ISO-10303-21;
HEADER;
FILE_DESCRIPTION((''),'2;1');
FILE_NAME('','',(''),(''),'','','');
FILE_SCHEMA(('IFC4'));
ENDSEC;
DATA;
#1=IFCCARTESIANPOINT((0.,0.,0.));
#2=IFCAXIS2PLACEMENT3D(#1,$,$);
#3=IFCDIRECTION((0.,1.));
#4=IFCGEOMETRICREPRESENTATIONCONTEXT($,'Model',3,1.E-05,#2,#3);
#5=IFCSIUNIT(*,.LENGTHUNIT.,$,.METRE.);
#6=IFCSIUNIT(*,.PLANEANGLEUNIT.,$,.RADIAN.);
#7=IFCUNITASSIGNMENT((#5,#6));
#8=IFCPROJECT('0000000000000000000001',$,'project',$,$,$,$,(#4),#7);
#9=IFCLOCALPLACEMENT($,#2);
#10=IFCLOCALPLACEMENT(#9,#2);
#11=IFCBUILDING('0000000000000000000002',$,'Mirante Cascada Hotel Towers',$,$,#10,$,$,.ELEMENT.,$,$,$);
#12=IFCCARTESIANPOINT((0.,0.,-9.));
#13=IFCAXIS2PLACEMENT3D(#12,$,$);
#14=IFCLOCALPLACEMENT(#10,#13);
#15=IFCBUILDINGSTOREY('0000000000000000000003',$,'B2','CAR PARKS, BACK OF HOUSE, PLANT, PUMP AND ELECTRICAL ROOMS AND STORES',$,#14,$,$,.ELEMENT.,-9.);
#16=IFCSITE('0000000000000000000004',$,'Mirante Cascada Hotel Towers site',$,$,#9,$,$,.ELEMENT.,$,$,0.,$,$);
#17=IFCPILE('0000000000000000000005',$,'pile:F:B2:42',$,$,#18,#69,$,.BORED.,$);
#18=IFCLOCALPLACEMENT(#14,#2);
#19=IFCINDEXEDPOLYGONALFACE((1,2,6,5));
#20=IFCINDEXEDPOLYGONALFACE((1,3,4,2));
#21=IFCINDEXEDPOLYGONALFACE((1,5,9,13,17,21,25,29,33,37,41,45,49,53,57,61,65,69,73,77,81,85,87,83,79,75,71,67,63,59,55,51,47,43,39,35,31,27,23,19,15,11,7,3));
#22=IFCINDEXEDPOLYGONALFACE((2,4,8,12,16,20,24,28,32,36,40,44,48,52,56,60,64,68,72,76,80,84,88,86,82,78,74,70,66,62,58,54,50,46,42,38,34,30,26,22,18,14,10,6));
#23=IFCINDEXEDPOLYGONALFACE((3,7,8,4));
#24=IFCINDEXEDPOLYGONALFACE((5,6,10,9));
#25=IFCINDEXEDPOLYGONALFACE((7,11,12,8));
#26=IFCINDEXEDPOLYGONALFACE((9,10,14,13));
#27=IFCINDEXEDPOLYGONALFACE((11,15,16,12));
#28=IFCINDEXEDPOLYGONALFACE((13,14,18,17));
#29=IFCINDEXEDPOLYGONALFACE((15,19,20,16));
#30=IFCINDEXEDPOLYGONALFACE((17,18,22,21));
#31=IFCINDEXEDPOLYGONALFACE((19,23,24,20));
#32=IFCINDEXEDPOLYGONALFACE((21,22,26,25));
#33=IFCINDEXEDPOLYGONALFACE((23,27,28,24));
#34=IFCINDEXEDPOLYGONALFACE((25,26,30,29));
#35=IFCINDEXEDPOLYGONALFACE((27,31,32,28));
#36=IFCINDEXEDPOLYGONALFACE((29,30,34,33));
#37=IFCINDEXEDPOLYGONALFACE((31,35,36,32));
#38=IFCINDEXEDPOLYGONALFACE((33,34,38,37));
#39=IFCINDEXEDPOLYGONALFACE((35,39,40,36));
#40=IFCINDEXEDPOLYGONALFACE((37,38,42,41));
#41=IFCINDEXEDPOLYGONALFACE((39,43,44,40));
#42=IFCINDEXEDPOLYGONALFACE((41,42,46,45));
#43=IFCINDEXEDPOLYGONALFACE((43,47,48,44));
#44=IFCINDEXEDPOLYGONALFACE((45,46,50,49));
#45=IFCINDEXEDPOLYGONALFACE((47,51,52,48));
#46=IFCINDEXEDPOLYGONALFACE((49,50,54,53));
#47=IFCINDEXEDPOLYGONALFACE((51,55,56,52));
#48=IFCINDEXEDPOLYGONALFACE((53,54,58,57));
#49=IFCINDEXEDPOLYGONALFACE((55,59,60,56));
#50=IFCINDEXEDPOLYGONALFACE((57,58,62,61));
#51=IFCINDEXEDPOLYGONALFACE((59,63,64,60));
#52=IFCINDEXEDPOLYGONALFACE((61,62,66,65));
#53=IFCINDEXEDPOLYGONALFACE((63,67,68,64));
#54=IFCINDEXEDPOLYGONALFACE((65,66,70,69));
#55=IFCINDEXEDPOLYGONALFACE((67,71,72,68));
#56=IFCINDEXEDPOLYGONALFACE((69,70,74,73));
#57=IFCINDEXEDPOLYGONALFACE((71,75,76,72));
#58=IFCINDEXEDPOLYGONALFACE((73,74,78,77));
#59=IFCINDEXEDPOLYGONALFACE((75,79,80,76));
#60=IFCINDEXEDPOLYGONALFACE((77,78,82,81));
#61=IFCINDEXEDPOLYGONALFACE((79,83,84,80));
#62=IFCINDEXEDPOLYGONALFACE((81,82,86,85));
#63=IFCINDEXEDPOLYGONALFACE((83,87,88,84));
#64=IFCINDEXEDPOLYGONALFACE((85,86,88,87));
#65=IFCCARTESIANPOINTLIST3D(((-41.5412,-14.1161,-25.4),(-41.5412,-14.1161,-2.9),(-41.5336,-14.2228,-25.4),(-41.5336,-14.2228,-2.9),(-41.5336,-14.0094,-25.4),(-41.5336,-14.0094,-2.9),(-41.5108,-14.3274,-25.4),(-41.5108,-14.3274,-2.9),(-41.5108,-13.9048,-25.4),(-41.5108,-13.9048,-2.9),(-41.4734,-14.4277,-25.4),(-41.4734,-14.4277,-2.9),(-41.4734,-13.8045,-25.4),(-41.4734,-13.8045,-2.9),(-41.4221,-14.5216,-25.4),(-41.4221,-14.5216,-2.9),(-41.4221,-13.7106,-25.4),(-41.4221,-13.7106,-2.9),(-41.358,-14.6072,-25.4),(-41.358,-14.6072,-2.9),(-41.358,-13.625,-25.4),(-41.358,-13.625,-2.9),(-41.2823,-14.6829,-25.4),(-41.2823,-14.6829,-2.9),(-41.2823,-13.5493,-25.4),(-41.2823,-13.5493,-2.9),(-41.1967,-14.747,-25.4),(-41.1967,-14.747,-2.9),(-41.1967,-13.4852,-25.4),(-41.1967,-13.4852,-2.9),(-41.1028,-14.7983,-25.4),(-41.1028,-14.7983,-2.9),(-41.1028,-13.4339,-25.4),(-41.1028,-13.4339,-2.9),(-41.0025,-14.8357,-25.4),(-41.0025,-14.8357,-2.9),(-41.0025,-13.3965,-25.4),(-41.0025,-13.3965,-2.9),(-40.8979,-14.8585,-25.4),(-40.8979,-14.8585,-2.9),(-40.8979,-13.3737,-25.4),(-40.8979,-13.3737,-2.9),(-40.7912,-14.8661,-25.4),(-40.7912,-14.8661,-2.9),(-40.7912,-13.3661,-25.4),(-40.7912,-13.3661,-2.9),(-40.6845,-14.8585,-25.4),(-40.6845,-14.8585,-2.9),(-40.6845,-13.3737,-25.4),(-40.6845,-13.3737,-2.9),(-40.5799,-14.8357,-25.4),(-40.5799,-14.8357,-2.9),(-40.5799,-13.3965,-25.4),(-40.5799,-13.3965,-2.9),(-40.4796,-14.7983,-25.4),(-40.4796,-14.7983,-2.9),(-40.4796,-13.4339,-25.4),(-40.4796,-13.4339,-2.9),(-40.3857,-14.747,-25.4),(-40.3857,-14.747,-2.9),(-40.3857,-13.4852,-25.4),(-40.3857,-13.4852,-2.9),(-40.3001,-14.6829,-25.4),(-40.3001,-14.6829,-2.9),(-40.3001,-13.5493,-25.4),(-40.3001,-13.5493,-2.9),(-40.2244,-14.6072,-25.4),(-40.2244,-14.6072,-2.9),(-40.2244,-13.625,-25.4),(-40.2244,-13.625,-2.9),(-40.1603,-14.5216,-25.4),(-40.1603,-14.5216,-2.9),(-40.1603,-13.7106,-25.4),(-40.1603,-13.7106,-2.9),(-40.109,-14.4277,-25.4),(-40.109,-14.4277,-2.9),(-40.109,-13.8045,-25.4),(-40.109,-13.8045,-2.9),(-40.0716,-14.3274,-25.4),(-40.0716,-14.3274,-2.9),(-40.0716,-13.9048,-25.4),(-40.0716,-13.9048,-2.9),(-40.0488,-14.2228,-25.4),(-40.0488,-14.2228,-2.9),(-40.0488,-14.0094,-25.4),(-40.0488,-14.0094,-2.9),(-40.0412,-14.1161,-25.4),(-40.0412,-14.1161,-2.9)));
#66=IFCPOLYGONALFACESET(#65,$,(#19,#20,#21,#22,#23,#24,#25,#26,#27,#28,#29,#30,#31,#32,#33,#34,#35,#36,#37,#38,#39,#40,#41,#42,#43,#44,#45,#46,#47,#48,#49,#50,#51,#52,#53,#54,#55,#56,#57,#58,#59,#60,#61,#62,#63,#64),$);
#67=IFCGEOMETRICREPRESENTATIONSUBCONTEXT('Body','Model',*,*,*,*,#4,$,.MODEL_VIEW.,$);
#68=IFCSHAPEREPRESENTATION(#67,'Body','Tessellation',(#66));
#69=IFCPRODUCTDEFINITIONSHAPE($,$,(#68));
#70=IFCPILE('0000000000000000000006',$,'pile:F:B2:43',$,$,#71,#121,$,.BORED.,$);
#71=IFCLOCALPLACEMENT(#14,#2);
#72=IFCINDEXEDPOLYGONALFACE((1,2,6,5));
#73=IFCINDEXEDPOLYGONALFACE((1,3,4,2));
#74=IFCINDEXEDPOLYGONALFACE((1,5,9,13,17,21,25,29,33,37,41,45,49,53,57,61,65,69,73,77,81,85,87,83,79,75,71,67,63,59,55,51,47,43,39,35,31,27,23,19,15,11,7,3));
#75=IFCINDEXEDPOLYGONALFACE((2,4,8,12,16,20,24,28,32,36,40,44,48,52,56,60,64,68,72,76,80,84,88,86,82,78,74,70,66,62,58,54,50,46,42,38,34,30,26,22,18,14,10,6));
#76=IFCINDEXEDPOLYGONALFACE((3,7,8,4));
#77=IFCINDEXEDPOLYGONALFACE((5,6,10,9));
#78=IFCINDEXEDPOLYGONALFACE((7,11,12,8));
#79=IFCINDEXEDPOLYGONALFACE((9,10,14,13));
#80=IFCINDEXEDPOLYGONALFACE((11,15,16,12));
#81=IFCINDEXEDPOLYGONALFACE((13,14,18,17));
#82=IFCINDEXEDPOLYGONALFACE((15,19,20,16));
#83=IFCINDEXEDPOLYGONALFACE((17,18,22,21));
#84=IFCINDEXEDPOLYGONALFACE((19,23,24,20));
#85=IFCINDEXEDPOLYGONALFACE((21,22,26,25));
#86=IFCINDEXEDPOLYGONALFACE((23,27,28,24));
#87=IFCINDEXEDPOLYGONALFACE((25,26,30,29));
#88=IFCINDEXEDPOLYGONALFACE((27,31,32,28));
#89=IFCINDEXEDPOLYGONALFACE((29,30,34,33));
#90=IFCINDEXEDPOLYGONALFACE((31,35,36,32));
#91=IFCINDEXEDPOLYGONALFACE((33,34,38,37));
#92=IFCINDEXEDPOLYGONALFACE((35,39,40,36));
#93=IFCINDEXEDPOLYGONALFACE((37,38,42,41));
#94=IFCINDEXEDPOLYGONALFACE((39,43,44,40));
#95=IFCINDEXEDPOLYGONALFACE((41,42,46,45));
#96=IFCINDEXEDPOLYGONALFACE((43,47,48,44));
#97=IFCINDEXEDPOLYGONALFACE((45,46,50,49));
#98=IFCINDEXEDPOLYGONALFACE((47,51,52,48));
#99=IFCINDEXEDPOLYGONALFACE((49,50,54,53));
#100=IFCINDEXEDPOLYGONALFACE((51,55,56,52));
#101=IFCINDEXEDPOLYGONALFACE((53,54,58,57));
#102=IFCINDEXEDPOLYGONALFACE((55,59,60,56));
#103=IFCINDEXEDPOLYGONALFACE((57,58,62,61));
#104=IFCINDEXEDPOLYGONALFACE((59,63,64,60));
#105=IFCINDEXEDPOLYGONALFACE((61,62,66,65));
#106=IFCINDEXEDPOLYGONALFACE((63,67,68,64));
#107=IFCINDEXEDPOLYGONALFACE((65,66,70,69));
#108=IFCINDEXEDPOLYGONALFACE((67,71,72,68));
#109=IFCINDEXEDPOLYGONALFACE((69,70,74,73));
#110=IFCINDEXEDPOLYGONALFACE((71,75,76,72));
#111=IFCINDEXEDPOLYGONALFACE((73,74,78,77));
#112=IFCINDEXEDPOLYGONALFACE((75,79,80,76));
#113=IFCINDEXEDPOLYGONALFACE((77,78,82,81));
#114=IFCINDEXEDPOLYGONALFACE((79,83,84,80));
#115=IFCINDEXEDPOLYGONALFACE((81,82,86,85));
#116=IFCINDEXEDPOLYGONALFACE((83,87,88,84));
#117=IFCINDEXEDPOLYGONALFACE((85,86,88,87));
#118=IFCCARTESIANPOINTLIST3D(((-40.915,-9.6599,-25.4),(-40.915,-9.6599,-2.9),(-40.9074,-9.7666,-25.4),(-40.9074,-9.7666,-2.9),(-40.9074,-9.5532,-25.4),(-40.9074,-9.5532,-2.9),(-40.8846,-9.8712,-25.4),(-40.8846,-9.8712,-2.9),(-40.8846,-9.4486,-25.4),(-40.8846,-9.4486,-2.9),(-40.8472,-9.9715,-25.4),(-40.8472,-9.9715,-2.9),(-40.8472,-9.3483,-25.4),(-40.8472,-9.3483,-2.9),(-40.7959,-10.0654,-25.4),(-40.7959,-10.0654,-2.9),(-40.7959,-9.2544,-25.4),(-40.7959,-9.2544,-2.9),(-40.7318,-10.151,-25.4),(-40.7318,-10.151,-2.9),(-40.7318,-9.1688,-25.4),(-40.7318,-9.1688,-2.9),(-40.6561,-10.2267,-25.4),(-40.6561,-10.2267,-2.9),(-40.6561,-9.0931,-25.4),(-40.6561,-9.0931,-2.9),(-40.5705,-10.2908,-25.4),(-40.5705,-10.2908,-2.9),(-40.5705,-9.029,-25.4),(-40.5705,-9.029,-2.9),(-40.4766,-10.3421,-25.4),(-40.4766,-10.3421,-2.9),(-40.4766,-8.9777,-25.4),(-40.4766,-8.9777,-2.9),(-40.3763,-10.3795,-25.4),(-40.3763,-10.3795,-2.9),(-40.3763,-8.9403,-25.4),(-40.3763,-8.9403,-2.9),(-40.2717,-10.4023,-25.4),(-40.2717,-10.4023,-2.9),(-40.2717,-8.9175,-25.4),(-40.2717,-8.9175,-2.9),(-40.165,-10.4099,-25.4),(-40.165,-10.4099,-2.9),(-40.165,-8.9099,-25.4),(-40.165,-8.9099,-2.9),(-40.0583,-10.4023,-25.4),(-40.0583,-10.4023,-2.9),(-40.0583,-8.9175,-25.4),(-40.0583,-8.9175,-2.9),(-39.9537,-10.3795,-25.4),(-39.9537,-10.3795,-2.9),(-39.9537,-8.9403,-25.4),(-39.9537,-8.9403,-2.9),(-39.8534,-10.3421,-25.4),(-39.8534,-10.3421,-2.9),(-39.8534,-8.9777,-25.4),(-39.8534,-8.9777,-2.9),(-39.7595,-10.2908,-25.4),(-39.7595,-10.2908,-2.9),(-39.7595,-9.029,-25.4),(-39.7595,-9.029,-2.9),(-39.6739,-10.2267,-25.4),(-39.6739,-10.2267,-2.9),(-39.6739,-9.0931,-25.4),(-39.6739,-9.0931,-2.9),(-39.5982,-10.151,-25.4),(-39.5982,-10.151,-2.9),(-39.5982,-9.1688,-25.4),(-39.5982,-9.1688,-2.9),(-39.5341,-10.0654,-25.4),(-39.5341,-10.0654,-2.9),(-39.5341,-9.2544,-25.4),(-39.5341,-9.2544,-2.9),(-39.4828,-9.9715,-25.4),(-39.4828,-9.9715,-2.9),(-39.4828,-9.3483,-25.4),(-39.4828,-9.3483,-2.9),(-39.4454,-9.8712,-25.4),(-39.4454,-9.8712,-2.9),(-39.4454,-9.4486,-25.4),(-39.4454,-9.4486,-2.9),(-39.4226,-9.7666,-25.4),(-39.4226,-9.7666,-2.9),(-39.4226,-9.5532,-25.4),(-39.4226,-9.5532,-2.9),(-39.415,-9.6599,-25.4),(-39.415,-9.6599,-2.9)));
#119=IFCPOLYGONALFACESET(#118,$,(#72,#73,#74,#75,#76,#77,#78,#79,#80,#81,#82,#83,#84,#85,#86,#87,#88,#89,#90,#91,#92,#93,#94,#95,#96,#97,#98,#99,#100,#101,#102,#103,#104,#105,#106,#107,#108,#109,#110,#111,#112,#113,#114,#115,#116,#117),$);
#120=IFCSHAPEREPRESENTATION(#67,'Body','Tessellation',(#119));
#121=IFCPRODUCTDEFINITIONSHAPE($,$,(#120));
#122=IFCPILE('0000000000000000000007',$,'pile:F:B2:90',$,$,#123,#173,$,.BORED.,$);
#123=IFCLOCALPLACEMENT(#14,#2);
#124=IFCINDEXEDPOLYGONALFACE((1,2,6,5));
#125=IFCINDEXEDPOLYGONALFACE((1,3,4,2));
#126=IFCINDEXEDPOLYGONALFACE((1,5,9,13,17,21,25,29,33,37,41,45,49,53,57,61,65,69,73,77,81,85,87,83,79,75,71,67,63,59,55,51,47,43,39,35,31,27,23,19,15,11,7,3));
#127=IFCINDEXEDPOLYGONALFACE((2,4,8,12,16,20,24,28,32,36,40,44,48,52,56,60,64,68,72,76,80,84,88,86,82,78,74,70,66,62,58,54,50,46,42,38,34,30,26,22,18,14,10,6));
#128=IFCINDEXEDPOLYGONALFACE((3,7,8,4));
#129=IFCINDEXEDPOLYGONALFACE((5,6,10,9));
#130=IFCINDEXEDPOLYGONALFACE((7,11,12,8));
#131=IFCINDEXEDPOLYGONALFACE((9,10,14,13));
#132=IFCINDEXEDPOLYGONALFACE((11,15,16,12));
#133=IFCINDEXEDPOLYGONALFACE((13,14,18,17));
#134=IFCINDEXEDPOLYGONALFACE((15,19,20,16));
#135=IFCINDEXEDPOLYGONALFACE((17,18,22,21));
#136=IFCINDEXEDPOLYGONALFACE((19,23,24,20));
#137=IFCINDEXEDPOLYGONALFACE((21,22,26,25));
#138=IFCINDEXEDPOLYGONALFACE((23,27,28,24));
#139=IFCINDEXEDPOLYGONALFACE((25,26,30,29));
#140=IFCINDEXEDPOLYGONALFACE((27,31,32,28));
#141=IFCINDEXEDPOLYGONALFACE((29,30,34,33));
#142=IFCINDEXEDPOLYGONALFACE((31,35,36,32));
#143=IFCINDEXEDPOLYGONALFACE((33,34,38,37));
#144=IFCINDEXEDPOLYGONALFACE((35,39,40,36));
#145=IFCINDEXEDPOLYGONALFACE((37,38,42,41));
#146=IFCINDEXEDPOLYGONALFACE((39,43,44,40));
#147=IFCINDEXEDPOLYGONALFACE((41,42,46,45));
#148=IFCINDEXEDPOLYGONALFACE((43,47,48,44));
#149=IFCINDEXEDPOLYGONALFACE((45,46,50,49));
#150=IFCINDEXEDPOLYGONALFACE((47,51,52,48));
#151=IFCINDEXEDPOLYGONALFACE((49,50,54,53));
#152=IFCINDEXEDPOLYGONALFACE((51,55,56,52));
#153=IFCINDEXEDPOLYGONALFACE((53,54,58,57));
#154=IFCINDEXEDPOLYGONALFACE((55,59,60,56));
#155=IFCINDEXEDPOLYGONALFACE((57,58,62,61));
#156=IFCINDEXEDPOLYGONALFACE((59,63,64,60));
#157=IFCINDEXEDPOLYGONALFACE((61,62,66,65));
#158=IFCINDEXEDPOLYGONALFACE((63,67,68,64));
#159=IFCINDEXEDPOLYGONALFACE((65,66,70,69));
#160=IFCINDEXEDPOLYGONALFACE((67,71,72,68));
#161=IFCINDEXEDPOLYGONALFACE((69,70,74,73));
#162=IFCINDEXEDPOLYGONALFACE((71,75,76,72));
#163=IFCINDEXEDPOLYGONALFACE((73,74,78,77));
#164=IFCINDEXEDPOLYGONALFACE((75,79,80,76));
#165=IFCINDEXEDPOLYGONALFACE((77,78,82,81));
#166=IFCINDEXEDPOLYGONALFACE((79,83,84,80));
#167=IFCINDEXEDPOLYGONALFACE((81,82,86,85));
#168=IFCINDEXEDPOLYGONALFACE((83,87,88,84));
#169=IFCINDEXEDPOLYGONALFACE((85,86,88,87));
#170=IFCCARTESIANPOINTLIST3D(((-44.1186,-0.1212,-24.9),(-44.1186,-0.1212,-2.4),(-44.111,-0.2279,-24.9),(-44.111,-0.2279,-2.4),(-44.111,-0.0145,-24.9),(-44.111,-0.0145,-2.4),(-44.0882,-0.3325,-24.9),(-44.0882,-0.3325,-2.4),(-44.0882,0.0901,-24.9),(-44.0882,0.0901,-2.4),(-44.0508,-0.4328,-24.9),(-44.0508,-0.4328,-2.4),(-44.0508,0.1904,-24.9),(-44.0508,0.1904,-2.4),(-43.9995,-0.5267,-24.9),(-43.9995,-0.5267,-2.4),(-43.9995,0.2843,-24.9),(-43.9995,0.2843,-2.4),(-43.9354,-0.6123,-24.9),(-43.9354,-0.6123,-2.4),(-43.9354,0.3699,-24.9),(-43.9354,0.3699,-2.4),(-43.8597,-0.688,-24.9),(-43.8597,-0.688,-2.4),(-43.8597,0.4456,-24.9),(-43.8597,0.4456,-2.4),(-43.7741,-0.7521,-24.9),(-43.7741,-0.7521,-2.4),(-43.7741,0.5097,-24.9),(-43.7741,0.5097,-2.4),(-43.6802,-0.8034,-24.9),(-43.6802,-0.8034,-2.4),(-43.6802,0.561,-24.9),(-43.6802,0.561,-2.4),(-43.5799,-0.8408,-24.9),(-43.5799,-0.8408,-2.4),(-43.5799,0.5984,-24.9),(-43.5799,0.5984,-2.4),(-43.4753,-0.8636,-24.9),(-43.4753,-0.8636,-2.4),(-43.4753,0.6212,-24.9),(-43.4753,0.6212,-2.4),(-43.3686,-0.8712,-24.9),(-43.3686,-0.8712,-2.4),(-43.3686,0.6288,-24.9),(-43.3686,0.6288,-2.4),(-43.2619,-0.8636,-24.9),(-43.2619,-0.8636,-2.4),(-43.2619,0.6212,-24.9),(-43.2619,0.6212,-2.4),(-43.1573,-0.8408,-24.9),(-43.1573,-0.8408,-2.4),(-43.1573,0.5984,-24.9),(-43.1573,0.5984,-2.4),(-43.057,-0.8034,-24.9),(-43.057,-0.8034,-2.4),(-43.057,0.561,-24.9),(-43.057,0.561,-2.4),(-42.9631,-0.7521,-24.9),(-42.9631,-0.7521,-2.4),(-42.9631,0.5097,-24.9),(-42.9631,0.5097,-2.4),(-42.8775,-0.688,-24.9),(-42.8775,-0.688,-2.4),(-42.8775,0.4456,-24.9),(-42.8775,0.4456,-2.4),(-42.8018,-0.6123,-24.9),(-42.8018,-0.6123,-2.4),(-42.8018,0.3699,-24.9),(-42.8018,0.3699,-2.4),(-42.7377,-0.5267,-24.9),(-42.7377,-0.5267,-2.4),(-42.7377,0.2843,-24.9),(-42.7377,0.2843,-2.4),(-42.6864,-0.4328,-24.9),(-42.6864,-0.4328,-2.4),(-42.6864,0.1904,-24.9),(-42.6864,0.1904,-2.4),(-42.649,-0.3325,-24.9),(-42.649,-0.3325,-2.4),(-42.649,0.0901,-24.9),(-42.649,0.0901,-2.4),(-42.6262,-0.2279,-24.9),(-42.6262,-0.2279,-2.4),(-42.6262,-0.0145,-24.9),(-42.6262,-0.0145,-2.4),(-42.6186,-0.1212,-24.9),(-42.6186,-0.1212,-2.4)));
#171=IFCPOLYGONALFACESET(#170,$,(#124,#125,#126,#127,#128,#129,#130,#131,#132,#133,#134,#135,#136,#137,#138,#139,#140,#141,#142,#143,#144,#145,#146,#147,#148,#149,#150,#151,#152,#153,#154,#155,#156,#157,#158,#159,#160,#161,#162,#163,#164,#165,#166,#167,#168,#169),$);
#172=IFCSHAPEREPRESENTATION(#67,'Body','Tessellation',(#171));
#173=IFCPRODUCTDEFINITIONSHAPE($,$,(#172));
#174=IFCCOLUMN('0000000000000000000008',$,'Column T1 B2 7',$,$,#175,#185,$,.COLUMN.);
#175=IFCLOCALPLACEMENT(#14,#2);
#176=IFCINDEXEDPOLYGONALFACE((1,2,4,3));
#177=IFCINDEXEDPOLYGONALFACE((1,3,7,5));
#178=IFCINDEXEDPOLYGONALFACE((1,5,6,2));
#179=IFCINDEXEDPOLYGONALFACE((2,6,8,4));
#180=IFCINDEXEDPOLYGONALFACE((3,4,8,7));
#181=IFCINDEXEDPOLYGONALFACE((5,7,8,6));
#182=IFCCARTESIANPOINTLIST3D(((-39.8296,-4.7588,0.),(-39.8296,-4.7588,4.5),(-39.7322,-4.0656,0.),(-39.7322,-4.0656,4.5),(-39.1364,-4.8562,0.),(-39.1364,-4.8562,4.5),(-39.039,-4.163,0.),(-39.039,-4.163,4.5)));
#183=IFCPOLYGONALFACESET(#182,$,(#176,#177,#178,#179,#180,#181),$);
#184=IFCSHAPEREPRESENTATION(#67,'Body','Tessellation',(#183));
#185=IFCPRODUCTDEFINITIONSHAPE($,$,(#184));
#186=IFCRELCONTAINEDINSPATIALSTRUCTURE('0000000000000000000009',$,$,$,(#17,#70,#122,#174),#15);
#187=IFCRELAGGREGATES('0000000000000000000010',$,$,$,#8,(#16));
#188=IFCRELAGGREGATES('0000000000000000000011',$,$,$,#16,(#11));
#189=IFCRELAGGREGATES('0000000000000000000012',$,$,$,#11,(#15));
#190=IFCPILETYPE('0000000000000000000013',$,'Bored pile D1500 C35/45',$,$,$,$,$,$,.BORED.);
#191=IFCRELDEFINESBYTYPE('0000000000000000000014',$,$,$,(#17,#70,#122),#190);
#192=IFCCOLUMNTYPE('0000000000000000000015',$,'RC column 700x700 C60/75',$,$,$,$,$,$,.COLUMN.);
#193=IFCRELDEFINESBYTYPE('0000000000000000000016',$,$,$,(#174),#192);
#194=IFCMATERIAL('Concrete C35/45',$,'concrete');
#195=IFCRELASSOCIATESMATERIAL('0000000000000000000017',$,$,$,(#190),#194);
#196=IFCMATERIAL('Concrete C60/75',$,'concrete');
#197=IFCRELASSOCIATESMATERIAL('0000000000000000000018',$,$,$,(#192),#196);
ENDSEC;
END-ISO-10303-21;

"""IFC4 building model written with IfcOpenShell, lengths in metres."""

from ifc_helpers import new_model, si_unit, direction, frame, origin, origin_2d, place, context, subcontext, project, spatial, rectangle, circle, extrude, material, material_profile, profile_set, type_object, element, save


model = new_model("IFC4")

# Units and contexts
model_context = context("Model", 3, precision=1e-05, world=origin(), true_north=direction((0.0, 1.0)))
body_context = subcontext(model_context, "Body", "Model", "MODEL_VIEW")
ifc_project = project(units=[si_unit("LENGTHUNIT", "METRE"), si_unit("PLANEANGLEUNIT", "RADIAN")], contexts=[model_context])

# Site, building, storey
site_placement = place(None, origin())
site = spatial("IfcSite", under=ifc_project, at=site_placement, Name="Mirante Cascada Hotel Towers site", CompositionType="ELEMENT", RefElevation=0.0)
building_placement = place(site_placement, origin())
building = spatial("IfcBuilding", under=site, at=building_placement, Name="Mirante Cascada Hotel Towers", CompositionType="ELEMENT")
storey_placement = place(building_placement, frame((0.0, 0.0, -9.0)))
storey = spatial("IfcBuildingStorey", under=building, at=storey_placement, Name="B2", Description="CAR PARKS, BACK OF HOUSE, PLANT, PUMP AND ELECTRICAL ROOMS AND STORES", CompositionType="ELEMENT", Elevation=-9.0)

# Piles
ifc_material_1 = material(Name="Concrete C35/45", Category="concrete")
ifc_material_profile_1 = material_profile(ifc_material_1, circle(Radius=0.75, at=origin_2d()), Name="RC D1500")
ifc_profile_set_1 = profile_set([ifc_material_profile_1], Name="Concrete C35/45")
pile_type = type_object("IfcPileType", Name="Bored pile D1500 C35/45", PredefinedType="BORED", material=ifc_profile_set_1)
for number, where, z_axis, x_axis, name in (
    (1, (-40.7912, -14.1161, -2.9), (0.0, 0.0, -1.0), (1.0, 0.0, 0.0), "pile:F:B2:42"),
    (2, (-40.165, -9.6599, -2.9), (0.0, 0.0, -1.0), (1.0, 0.0, 0.0), "pile:F:B2:43"),
    (3, (-43.3686, -0.1212, -2.4), (0.0, 0.0, -1.0), (1.0, 0.0, 0.0), "pile:F:B2:90"),
):
    element("IfcPile", number, at=place(storey_placement, frame(where, z_axis=z_axis, x_axis=x_axis)), inside=storey, type_object=pile_type, Name=name, PredefinedType="BORED", context=body_context, shape_type="SweptSolid", body=[
        extrude(circle(Radius=0.75, at=origin_2d()), origin(), (0.0, 0.0, 1.0), 22.5),
    ])

# Column
ifc_material_2 = material(Name="Concrete C60/75", Category="concrete")
ifc_material_profile_2 = material_profile(ifc_material_2, rectangle(XDim=0.7, YDim=0.7, at=origin_2d()), Name="RC column 700x700 C60/75")
ifc_profile_set_2 = profile_set([ifc_material_profile_2], Name="Concrete C60/75")
column_type = type_object("IfcColumnType", Name="RC column 700x700 C60/75", PredefinedType="COLUMN", material=ifc_profile_set_2)
column_placement = place(storey_placement, frame((-39.4343, -4.4609, 0.0), z_axis=(0.0, 0.0, 1.0), x_axis=(-0.990268, 0.139173, 0.0)))
element("IfcColumn", 4, at=column_placement, inside=storey, type_object=column_type, Name="Column T1 B2 7", PredefinedType="COLUMN", context=body_context, shape_type="SweptSolid", body=[
    extrude(rectangle(XDim=0.7, YDim=0.7, at=origin_2d()), origin(), (0.0, 0.0, 1.0), 4.5),
])

save(model, "model.ifc")
